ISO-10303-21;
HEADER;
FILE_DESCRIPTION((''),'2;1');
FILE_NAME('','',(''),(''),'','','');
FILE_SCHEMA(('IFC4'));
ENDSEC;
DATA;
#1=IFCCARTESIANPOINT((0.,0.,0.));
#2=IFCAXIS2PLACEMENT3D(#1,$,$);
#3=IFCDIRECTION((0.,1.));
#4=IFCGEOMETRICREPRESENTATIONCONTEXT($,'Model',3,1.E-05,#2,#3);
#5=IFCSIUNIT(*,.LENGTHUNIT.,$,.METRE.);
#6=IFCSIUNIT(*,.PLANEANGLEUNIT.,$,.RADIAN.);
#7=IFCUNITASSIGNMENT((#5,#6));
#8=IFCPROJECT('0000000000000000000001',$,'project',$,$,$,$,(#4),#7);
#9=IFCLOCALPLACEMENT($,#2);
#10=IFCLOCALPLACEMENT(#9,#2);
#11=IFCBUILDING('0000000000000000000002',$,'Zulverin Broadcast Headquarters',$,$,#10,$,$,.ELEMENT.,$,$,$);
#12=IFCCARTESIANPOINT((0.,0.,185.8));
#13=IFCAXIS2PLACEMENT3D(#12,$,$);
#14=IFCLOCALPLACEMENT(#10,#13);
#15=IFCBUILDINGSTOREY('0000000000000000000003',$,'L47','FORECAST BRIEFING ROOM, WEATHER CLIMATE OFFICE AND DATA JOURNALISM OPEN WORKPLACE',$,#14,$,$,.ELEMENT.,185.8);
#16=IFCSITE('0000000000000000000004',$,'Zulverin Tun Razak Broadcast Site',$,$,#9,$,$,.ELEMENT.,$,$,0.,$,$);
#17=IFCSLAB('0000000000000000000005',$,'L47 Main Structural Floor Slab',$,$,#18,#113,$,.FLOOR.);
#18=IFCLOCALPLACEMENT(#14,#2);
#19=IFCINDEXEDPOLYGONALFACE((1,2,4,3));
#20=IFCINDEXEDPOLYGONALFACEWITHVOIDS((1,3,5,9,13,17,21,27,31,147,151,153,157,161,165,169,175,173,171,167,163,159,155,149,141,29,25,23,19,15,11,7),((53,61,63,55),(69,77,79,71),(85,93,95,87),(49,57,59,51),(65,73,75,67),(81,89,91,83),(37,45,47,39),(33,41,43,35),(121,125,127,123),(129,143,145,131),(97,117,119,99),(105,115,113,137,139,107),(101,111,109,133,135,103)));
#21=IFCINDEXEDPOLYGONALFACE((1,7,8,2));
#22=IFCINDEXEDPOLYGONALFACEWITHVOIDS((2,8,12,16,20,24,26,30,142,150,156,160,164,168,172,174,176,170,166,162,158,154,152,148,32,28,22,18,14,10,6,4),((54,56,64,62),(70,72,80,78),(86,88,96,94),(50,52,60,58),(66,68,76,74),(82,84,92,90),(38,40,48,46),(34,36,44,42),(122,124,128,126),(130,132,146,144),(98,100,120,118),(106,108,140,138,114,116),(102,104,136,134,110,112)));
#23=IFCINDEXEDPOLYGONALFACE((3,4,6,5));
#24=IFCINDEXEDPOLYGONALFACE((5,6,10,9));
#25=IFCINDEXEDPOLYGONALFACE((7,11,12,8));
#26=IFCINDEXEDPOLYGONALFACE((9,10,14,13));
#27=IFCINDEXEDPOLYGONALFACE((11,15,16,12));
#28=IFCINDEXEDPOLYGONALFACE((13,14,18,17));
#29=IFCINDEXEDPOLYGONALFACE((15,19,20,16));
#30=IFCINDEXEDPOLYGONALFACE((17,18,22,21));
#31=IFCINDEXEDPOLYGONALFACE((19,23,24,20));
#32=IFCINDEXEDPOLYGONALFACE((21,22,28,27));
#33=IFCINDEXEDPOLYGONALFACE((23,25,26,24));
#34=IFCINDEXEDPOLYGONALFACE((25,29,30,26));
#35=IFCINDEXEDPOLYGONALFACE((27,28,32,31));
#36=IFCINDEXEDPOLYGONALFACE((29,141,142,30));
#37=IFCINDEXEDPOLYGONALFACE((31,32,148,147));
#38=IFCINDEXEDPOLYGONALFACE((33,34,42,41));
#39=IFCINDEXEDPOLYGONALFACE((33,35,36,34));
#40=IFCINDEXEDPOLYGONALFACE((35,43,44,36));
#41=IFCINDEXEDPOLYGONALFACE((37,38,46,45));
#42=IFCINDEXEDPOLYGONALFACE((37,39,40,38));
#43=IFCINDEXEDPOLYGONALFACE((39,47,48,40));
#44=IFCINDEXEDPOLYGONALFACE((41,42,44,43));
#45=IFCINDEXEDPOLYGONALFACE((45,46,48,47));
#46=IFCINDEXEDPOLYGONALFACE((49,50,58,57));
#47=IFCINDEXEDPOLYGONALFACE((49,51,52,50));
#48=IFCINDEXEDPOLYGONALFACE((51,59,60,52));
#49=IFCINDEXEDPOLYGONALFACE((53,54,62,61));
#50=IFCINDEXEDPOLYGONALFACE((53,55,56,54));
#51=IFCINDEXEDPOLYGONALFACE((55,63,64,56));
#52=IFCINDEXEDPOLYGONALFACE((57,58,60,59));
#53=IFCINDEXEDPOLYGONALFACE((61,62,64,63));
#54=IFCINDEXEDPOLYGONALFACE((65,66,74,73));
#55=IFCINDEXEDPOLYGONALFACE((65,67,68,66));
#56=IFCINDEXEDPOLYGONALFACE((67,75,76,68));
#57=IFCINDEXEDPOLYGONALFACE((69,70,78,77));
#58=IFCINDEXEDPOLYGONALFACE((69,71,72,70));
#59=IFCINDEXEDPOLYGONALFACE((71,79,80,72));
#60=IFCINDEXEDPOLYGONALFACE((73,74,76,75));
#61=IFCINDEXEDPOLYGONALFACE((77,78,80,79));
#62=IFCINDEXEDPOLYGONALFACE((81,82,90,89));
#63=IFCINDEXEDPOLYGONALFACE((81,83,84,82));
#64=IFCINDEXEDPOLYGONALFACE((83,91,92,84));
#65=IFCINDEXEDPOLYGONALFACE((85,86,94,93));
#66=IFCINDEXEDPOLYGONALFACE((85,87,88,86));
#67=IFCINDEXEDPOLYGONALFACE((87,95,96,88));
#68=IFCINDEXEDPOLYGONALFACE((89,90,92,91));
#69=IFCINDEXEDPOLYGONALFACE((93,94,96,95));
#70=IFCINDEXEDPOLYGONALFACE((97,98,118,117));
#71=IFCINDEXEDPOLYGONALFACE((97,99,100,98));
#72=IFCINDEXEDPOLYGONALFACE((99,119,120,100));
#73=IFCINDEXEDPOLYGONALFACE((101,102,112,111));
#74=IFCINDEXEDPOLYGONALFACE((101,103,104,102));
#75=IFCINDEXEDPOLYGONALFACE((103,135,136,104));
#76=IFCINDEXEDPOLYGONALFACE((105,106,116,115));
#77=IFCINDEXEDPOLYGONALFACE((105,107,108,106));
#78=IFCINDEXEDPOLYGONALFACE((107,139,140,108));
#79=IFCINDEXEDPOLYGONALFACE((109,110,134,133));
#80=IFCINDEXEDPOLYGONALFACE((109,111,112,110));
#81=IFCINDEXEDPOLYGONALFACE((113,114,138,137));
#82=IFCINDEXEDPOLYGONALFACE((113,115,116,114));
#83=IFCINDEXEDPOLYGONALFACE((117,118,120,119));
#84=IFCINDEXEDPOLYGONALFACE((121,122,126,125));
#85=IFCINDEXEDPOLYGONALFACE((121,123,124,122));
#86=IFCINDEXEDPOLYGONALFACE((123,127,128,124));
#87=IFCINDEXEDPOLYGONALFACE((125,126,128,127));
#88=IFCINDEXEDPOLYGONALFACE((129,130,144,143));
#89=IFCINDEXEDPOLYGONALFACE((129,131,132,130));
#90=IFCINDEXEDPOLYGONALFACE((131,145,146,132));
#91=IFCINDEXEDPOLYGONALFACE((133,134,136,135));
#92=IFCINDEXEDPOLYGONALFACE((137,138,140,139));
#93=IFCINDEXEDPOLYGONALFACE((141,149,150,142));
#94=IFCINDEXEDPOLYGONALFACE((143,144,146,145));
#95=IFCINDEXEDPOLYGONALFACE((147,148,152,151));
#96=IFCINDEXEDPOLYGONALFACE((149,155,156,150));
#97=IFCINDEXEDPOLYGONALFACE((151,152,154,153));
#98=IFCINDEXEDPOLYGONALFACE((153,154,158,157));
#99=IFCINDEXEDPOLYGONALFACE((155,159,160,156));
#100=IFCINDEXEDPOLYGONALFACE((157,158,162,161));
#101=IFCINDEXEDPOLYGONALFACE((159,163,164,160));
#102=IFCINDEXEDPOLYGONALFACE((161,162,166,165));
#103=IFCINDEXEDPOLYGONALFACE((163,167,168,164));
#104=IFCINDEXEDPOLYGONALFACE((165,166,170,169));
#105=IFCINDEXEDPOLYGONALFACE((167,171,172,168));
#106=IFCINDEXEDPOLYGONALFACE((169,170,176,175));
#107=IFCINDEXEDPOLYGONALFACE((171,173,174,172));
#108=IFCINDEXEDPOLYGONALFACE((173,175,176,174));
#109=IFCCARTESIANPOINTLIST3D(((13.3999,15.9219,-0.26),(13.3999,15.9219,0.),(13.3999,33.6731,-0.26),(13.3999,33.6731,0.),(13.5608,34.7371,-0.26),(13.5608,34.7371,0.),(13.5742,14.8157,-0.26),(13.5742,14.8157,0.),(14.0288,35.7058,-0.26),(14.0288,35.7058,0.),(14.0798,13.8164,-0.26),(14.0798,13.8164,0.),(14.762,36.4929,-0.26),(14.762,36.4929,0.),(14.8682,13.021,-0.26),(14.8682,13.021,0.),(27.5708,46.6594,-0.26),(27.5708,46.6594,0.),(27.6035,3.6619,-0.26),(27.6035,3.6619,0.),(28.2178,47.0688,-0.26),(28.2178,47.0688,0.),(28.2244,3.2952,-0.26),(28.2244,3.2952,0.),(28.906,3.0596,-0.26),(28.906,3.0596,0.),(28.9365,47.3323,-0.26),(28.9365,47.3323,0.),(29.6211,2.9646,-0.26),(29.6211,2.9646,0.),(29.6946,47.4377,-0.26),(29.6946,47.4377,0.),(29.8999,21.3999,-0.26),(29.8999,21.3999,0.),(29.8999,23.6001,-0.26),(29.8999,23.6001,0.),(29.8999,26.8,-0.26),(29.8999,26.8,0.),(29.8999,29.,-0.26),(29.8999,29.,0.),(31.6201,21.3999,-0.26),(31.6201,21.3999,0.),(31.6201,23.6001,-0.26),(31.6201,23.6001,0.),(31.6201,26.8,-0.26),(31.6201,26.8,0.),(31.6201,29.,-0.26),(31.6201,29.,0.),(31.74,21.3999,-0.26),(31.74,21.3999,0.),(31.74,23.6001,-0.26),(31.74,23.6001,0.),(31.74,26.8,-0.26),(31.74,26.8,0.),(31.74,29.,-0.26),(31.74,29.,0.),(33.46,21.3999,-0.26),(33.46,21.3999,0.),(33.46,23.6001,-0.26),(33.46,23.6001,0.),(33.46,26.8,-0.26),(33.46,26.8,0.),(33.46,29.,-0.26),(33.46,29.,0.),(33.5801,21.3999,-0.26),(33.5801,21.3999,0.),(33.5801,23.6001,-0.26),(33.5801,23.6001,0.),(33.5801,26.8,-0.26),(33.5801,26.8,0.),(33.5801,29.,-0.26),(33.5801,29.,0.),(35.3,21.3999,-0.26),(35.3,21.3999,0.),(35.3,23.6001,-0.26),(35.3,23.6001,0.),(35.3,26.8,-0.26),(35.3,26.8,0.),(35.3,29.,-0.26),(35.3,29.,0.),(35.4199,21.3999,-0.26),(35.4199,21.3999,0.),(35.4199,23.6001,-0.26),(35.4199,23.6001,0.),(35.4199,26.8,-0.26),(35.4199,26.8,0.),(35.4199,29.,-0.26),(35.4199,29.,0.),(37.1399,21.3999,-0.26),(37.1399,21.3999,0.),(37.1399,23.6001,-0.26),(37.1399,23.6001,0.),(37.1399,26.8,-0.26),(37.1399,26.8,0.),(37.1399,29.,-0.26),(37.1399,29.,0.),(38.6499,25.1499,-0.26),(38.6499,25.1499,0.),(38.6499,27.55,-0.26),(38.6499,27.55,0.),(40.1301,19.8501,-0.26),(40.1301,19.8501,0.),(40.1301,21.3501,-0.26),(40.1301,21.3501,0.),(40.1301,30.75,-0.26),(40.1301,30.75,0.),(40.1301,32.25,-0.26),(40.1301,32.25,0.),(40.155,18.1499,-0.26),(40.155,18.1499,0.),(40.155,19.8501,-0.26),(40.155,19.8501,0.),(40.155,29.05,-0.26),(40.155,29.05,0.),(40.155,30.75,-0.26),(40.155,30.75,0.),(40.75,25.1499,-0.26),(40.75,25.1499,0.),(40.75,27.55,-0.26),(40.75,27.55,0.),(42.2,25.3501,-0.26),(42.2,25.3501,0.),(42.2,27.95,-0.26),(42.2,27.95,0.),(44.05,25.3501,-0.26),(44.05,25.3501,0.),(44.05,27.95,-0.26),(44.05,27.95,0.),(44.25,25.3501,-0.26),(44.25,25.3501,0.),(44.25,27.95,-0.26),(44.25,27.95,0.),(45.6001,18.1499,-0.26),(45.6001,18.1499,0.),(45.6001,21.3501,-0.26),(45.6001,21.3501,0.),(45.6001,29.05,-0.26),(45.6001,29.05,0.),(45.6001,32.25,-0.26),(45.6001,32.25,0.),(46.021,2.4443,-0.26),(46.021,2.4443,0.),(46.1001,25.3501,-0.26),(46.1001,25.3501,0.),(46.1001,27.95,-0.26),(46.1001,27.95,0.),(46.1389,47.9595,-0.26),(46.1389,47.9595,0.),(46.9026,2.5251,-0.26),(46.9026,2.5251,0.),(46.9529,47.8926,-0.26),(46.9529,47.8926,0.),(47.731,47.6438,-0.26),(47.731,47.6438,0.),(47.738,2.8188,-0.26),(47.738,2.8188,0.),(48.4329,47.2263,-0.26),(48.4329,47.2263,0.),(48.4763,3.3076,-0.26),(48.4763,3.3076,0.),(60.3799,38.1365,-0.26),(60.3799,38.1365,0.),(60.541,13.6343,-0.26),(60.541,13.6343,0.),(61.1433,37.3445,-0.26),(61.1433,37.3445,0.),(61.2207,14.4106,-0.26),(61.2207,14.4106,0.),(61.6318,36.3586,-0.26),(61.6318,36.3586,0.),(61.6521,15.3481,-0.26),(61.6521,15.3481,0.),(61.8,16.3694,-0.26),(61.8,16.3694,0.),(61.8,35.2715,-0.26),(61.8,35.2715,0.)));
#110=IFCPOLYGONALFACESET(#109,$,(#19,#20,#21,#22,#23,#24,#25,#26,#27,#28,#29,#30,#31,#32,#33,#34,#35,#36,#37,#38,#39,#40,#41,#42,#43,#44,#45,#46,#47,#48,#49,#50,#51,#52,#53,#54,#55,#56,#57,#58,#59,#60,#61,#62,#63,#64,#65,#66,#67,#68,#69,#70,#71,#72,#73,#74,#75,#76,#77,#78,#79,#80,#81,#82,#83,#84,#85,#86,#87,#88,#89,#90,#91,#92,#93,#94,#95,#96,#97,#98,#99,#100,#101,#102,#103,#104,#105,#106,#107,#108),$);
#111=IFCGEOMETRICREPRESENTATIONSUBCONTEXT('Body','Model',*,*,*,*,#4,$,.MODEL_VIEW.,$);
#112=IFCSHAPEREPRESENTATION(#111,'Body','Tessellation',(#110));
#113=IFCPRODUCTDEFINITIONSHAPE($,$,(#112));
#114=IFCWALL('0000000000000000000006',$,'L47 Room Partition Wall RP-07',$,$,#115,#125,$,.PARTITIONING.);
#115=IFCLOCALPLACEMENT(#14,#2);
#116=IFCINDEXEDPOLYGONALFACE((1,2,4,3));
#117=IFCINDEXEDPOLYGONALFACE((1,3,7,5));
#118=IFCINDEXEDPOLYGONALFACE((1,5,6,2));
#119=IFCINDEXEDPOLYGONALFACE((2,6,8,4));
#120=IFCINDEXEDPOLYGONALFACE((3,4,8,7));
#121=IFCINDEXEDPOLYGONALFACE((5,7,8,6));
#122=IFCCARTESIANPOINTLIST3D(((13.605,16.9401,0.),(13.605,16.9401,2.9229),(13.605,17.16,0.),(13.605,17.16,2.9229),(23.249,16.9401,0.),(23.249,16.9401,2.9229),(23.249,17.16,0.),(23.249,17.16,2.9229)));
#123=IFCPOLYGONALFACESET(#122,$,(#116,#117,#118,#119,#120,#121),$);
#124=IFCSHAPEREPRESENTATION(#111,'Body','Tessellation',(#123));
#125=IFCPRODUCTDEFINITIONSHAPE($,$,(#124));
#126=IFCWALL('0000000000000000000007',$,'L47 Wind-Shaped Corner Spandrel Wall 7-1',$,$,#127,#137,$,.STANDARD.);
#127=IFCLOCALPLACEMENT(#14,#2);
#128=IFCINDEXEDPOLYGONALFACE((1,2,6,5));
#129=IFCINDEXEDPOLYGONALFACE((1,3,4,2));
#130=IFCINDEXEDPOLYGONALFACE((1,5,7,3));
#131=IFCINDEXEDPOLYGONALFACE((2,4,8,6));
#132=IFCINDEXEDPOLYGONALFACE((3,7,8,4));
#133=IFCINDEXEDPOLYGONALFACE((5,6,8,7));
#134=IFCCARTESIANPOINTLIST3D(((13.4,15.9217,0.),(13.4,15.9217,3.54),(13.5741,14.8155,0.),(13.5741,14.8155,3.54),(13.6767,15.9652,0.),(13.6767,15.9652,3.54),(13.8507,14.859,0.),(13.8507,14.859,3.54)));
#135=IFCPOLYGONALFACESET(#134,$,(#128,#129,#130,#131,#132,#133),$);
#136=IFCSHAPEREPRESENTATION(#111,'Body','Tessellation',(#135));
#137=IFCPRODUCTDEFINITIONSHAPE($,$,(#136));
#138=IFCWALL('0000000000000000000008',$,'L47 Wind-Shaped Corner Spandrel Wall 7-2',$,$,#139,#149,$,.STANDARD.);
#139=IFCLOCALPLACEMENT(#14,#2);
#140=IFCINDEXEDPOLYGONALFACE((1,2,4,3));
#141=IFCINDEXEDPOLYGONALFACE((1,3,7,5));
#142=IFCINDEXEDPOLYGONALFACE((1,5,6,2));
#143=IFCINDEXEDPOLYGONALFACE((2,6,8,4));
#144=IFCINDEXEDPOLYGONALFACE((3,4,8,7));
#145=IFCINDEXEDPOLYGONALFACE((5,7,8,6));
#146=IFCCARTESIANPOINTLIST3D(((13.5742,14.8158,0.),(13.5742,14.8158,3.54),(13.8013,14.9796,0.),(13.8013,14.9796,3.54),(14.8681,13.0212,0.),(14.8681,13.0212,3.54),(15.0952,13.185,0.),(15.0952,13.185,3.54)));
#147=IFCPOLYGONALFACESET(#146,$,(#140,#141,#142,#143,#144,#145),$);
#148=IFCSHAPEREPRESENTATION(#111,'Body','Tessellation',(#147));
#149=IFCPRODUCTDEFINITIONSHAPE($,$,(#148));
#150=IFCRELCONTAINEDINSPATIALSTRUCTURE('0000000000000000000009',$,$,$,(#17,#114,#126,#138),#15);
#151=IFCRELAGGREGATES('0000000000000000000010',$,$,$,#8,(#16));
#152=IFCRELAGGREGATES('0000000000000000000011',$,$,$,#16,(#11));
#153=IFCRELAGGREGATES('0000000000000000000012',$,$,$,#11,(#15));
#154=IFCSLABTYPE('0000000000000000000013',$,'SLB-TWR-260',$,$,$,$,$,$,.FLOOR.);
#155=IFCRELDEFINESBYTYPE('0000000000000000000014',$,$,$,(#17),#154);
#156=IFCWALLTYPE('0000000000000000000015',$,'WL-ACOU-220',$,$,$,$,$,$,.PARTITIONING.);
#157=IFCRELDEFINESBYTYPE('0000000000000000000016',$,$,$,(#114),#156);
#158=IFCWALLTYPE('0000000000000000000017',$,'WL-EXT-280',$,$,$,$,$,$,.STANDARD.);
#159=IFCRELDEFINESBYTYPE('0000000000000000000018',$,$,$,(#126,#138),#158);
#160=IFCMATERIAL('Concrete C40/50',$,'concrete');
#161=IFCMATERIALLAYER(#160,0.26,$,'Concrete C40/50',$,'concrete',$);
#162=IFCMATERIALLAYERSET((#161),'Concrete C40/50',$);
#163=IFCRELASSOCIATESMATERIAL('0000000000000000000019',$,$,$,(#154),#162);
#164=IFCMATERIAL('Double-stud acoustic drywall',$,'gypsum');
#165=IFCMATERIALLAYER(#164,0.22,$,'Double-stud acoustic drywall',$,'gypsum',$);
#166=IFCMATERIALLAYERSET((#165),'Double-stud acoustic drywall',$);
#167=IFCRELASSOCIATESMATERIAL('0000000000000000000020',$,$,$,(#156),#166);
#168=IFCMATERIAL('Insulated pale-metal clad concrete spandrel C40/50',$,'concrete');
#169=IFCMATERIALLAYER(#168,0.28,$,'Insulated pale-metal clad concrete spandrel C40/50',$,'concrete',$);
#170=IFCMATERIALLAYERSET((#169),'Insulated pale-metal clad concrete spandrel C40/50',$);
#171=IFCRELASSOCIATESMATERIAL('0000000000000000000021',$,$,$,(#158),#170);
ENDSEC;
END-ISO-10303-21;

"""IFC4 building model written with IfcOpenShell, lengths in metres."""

from ifc_helpers import new_model, si_unit, direction, frame, frame_2d, origin, place, context, subcontext, project, spatial, polyline, rectangle, outline, extrude, material, layer, layer_set, type_object, element, save


model = new_model("IFC4")

# Units and contexts
model_context = context("Model", 3, precision=1e-05, world=origin(), true_north=direction((0.0, 1.0)))
body_context = subcontext(model_context, "Body", "Model", "MODEL_VIEW")
ifc_project = project(units=[si_unit("LENGTHUNIT", "METRE"), si_unit("PLANEANGLEUNIT", "RADIAN")], contexts=[model_context])

# Site, building, storey
site_placement = place(None, origin())
site = spatial("IfcSite", under=ifc_project, at=site_placement, Name="Zulverin Tun Razak Broadcast Site", CompositionType="ELEMENT", RefElevation=0.0)
building_placement = place(site_placement, origin())
building = spatial("IfcBuilding", under=site, at=building_placement, Name="Zulverin Broadcast Headquarters", CompositionType="ELEMENT")
storey_placement = place(building_placement, frame((0.0, 0.0, 185.8)))
storey = spatial("IfcBuildingStorey", under=building, at=storey_placement, Name="L47", Description="FORECAST BRIEFING ROOM, WEATHER CLIMATE OFFICE AND DATA JOURNALISM OPEN WORKPLACE", CompositionType="ELEMENT", Elevation=185.8)

# Shared definitions
ifc_material_1 = material(Name="Concrete C40/50", Category="concrete")

# Slab
ifc_layer_1 = layer(ifc_material_1, 0.26, Name="Concrete C40/50", Category="concrete")
ifc_layer_set_1 = layer_set([ifc_layer_1], Name="Concrete C40/50")
slab_type_1 = type_object("IfcSlabType", Name="SLB-TWR-260", PredefinedType="FLOOR", material=ifc_layer_set_1)
slab_1_placement = place(storey_placement, frame((0.0, 0.0, -0.26)))
element("IfcSlab", 1, at=slab_1_placement, inside=storey, type_object=slab_type_1, Name="L47 Main Structural Floor Slab", PredefinedType="FLOOR", context=body_context, shape_type="SweptSolid", body=[
    extrude(outline(polyline([(27.6035, 3.6619), (28.2244, 3.2952), (28.906, 3.0596), (29.6211, 2.9646), (46.021, 2.4443), (46.9026, 2.5251), (47.738, 2.8188), (48.4763, 3.3076), (60.541, 13.6343), (61.2207, 14.4106), (61.6521, 15.3481), (61.8, 16.3694), (61.8, 35.2715), (61.6318, 36.3586), (61.1433, 37.3445), (60.3799, 38.1365), (48.4329, 47.2263), (47.731, 47.6438), (46.9529, 47.8926), (46.1389, 47.9595), (29.6946, 47.4377), (28.9365, 47.3323), (28.2178, 47.0688), (27.5708, 46.6594), (14.762, 36.4929), (14.0288, 35.7058), (13.5608, 34.7371), (13.3999, 33.6731), (13.3999, 15.9219), (13.5742, 14.8157), (14.0798, 13.8164), (14.8682, 13.021), (27.6035, 3.6619)]), holes=[polyline([(40.155, 30.75), (40.1301, 30.75), (40.1301, 32.25), (45.6001, 32.25), (45.6001, 29.05), (40.155, 29.05), (40.155, 30.75)]), polyline([(40.155, 19.8501), (40.1301, 19.8501), (40.1301, 21.3501), (45.6001, 21.3501), (45.6001, 18.1499), (40.155, 18.1499), (40.155, 19.8501)]), polyline([(29.8999, 21.3999), (31.6201, 21.3999), (31.6201, 23.6001), (29.8999, 23.6001), (29.8999, 21.3999)]), polyline([(31.74, 21.3999), (33.46, 21.3999), (33.46, 23.6001), (31.74, 23.6001), (31.74, 21.3999)]), polyline([(33.5801, 21.3999), (35.3, 21.3999), (35.3, 23.6001), (33.5801, 23.6001), (33.5801, 21.3999)]), polyline([(35.4199, 21.3999), (37.1399, 21.3999), (37.1399, 23.6001), (35.4199, 23.6001), (35.4199, 21.3999)]), polyline([(29.8999, 26.8), (31.6201, 26.8), (31.6201, 29.0), (29.8999, 29.0), (29.8999, 26.8)]), polyline([(31.74, 26.8), (33.46, 26.8), (33.46, 29.0), (31.74, 29.0), (31.74, 26.8)]), polyline([(33.5801, 26.8), (35.3, 26.8), (35.3, 29.0), (33.5801, 29.0), (33.5801, 26.8)]), polyline([(35.4199, 26.8), (37.1399, 26.8), (37.1399, 29.0), (35.4199, 29.0), (35.4199, 26.8)]), polyline([(42.2, 25.3501), (44.05, 25.3501), (44.05, 27.95), (42.2, 27.95), (42.2, 25.3501)]), polyline([(44.25, 25.3501), (46.1001, 25.3501), (46.1001, 27.95), (44.25, 27.95), (44.25, 25.3501)]), polyline([(38.6499, 25.1499), (40.75, 25.1499), (40.75, 27.55), (38.6499, 27.55), (38.6499, 25.1499)])]), origin(), (0.0, 0.0, 1.0), 0.26),
])

# Walls
ifc_material_2 = material(Name="Double-stud acoustic drywall", Category="gypsum")
ifc_layer_2 = layer(ifc_material_2, 0.22, Name="Double-stud acoustic drywall", Category="gypsum")
ifc_layer_set_2 = layer_set([ifc_layer_2], Name="Double-stud acoustic drywall")
wall_type_1 = type_object("IfcWallType", Name="WL-ACOU-220", PredefinedType="PARTITIONING", material=ifc_layer_set_2)
wall_1_placement = place(storey_placement, frame((13.605, 17.05, 0.0), z_axis=(0.0, 0.0, 1.0), x_axis=(1.0, 0.0, 0.0)))
element("IfcWall", 2, at=wall_1_placement, inside=storey, type_object=wall_type_1, Name="L47 Room Partition Wall RP-07", PredefinedType="PARTITIONING", context=body_context, shape_type="SweptSolid", body=[
    extrude(rectangle(XDim=9.644, YDim=0.22, at=frame_2d((4.822, 0.0))), origin(), (0.0, 0.0, 1.0), 2.9229),
])
ifc_material_3 = material(Name="Insulated pale-metal clad concrete spandrel C40/50", Category="concrete")
ifc_layer_3 = layer(ifc_material_3, 0.28, Name="Insulated pale-metal clad concrete spandrel C40/50", Category="concrete")
ifc_layer_set_3 = layer_set([ifc_layer_3], Name="Insulated pale-metal clad concrete spandrel C40/50")
wall_type_2 = type_object("IfcWallType", Name="WL-EXT-280", PredefinedType="STANDARD", material=ifc_layer_set_3)
wall_2_placement = place(storey_placement, frame((13.5383, 15.9436, 0.0), z_axis=(0.0, 0.0, 1.0), x_axis=(0.155448, -0.987844, 0.0)))
element("IfcWall", 3, at=wall_2_placement, inside=storey, type_object=wall_type_2, Name="L47 Wind-Shaped Corner Spandrel Wall 7-1", PredefinedType="STANDARD", context=body_context, shape_type="SweptSolid", body=[
    extrude(rectangle(XDim=1.1199, YDim=0.28, at=frame_2d((0.5601, 0.0))), origin(), (0.0, 0.0, 1.0), 3.54),
])
wall_3_placement = place(storey_placement, frame((13.6877, 14.8977, 0.0), z_axis=(0.0, 0.0, 1.0), x_axis=(0.584834, -0.811153, 0.0)))
element("IfcWall", 4, at=wall_3_placement, inside=storey, type_object=wall_type_2, Name="L47 Wind-Shaped Corner Spandrel Wall 7-2", PredefinedType="STANDARD", context=body_context, shape_type="SweptSolid", body=[
    extrude(rectangle(XDim=2.2124, YDim=0.28, at=frame_2d((1.1062, 0.0))), origin(), (0.0, 0.0, 1.0), 3.54),
])

save(model, "model.ifc")
